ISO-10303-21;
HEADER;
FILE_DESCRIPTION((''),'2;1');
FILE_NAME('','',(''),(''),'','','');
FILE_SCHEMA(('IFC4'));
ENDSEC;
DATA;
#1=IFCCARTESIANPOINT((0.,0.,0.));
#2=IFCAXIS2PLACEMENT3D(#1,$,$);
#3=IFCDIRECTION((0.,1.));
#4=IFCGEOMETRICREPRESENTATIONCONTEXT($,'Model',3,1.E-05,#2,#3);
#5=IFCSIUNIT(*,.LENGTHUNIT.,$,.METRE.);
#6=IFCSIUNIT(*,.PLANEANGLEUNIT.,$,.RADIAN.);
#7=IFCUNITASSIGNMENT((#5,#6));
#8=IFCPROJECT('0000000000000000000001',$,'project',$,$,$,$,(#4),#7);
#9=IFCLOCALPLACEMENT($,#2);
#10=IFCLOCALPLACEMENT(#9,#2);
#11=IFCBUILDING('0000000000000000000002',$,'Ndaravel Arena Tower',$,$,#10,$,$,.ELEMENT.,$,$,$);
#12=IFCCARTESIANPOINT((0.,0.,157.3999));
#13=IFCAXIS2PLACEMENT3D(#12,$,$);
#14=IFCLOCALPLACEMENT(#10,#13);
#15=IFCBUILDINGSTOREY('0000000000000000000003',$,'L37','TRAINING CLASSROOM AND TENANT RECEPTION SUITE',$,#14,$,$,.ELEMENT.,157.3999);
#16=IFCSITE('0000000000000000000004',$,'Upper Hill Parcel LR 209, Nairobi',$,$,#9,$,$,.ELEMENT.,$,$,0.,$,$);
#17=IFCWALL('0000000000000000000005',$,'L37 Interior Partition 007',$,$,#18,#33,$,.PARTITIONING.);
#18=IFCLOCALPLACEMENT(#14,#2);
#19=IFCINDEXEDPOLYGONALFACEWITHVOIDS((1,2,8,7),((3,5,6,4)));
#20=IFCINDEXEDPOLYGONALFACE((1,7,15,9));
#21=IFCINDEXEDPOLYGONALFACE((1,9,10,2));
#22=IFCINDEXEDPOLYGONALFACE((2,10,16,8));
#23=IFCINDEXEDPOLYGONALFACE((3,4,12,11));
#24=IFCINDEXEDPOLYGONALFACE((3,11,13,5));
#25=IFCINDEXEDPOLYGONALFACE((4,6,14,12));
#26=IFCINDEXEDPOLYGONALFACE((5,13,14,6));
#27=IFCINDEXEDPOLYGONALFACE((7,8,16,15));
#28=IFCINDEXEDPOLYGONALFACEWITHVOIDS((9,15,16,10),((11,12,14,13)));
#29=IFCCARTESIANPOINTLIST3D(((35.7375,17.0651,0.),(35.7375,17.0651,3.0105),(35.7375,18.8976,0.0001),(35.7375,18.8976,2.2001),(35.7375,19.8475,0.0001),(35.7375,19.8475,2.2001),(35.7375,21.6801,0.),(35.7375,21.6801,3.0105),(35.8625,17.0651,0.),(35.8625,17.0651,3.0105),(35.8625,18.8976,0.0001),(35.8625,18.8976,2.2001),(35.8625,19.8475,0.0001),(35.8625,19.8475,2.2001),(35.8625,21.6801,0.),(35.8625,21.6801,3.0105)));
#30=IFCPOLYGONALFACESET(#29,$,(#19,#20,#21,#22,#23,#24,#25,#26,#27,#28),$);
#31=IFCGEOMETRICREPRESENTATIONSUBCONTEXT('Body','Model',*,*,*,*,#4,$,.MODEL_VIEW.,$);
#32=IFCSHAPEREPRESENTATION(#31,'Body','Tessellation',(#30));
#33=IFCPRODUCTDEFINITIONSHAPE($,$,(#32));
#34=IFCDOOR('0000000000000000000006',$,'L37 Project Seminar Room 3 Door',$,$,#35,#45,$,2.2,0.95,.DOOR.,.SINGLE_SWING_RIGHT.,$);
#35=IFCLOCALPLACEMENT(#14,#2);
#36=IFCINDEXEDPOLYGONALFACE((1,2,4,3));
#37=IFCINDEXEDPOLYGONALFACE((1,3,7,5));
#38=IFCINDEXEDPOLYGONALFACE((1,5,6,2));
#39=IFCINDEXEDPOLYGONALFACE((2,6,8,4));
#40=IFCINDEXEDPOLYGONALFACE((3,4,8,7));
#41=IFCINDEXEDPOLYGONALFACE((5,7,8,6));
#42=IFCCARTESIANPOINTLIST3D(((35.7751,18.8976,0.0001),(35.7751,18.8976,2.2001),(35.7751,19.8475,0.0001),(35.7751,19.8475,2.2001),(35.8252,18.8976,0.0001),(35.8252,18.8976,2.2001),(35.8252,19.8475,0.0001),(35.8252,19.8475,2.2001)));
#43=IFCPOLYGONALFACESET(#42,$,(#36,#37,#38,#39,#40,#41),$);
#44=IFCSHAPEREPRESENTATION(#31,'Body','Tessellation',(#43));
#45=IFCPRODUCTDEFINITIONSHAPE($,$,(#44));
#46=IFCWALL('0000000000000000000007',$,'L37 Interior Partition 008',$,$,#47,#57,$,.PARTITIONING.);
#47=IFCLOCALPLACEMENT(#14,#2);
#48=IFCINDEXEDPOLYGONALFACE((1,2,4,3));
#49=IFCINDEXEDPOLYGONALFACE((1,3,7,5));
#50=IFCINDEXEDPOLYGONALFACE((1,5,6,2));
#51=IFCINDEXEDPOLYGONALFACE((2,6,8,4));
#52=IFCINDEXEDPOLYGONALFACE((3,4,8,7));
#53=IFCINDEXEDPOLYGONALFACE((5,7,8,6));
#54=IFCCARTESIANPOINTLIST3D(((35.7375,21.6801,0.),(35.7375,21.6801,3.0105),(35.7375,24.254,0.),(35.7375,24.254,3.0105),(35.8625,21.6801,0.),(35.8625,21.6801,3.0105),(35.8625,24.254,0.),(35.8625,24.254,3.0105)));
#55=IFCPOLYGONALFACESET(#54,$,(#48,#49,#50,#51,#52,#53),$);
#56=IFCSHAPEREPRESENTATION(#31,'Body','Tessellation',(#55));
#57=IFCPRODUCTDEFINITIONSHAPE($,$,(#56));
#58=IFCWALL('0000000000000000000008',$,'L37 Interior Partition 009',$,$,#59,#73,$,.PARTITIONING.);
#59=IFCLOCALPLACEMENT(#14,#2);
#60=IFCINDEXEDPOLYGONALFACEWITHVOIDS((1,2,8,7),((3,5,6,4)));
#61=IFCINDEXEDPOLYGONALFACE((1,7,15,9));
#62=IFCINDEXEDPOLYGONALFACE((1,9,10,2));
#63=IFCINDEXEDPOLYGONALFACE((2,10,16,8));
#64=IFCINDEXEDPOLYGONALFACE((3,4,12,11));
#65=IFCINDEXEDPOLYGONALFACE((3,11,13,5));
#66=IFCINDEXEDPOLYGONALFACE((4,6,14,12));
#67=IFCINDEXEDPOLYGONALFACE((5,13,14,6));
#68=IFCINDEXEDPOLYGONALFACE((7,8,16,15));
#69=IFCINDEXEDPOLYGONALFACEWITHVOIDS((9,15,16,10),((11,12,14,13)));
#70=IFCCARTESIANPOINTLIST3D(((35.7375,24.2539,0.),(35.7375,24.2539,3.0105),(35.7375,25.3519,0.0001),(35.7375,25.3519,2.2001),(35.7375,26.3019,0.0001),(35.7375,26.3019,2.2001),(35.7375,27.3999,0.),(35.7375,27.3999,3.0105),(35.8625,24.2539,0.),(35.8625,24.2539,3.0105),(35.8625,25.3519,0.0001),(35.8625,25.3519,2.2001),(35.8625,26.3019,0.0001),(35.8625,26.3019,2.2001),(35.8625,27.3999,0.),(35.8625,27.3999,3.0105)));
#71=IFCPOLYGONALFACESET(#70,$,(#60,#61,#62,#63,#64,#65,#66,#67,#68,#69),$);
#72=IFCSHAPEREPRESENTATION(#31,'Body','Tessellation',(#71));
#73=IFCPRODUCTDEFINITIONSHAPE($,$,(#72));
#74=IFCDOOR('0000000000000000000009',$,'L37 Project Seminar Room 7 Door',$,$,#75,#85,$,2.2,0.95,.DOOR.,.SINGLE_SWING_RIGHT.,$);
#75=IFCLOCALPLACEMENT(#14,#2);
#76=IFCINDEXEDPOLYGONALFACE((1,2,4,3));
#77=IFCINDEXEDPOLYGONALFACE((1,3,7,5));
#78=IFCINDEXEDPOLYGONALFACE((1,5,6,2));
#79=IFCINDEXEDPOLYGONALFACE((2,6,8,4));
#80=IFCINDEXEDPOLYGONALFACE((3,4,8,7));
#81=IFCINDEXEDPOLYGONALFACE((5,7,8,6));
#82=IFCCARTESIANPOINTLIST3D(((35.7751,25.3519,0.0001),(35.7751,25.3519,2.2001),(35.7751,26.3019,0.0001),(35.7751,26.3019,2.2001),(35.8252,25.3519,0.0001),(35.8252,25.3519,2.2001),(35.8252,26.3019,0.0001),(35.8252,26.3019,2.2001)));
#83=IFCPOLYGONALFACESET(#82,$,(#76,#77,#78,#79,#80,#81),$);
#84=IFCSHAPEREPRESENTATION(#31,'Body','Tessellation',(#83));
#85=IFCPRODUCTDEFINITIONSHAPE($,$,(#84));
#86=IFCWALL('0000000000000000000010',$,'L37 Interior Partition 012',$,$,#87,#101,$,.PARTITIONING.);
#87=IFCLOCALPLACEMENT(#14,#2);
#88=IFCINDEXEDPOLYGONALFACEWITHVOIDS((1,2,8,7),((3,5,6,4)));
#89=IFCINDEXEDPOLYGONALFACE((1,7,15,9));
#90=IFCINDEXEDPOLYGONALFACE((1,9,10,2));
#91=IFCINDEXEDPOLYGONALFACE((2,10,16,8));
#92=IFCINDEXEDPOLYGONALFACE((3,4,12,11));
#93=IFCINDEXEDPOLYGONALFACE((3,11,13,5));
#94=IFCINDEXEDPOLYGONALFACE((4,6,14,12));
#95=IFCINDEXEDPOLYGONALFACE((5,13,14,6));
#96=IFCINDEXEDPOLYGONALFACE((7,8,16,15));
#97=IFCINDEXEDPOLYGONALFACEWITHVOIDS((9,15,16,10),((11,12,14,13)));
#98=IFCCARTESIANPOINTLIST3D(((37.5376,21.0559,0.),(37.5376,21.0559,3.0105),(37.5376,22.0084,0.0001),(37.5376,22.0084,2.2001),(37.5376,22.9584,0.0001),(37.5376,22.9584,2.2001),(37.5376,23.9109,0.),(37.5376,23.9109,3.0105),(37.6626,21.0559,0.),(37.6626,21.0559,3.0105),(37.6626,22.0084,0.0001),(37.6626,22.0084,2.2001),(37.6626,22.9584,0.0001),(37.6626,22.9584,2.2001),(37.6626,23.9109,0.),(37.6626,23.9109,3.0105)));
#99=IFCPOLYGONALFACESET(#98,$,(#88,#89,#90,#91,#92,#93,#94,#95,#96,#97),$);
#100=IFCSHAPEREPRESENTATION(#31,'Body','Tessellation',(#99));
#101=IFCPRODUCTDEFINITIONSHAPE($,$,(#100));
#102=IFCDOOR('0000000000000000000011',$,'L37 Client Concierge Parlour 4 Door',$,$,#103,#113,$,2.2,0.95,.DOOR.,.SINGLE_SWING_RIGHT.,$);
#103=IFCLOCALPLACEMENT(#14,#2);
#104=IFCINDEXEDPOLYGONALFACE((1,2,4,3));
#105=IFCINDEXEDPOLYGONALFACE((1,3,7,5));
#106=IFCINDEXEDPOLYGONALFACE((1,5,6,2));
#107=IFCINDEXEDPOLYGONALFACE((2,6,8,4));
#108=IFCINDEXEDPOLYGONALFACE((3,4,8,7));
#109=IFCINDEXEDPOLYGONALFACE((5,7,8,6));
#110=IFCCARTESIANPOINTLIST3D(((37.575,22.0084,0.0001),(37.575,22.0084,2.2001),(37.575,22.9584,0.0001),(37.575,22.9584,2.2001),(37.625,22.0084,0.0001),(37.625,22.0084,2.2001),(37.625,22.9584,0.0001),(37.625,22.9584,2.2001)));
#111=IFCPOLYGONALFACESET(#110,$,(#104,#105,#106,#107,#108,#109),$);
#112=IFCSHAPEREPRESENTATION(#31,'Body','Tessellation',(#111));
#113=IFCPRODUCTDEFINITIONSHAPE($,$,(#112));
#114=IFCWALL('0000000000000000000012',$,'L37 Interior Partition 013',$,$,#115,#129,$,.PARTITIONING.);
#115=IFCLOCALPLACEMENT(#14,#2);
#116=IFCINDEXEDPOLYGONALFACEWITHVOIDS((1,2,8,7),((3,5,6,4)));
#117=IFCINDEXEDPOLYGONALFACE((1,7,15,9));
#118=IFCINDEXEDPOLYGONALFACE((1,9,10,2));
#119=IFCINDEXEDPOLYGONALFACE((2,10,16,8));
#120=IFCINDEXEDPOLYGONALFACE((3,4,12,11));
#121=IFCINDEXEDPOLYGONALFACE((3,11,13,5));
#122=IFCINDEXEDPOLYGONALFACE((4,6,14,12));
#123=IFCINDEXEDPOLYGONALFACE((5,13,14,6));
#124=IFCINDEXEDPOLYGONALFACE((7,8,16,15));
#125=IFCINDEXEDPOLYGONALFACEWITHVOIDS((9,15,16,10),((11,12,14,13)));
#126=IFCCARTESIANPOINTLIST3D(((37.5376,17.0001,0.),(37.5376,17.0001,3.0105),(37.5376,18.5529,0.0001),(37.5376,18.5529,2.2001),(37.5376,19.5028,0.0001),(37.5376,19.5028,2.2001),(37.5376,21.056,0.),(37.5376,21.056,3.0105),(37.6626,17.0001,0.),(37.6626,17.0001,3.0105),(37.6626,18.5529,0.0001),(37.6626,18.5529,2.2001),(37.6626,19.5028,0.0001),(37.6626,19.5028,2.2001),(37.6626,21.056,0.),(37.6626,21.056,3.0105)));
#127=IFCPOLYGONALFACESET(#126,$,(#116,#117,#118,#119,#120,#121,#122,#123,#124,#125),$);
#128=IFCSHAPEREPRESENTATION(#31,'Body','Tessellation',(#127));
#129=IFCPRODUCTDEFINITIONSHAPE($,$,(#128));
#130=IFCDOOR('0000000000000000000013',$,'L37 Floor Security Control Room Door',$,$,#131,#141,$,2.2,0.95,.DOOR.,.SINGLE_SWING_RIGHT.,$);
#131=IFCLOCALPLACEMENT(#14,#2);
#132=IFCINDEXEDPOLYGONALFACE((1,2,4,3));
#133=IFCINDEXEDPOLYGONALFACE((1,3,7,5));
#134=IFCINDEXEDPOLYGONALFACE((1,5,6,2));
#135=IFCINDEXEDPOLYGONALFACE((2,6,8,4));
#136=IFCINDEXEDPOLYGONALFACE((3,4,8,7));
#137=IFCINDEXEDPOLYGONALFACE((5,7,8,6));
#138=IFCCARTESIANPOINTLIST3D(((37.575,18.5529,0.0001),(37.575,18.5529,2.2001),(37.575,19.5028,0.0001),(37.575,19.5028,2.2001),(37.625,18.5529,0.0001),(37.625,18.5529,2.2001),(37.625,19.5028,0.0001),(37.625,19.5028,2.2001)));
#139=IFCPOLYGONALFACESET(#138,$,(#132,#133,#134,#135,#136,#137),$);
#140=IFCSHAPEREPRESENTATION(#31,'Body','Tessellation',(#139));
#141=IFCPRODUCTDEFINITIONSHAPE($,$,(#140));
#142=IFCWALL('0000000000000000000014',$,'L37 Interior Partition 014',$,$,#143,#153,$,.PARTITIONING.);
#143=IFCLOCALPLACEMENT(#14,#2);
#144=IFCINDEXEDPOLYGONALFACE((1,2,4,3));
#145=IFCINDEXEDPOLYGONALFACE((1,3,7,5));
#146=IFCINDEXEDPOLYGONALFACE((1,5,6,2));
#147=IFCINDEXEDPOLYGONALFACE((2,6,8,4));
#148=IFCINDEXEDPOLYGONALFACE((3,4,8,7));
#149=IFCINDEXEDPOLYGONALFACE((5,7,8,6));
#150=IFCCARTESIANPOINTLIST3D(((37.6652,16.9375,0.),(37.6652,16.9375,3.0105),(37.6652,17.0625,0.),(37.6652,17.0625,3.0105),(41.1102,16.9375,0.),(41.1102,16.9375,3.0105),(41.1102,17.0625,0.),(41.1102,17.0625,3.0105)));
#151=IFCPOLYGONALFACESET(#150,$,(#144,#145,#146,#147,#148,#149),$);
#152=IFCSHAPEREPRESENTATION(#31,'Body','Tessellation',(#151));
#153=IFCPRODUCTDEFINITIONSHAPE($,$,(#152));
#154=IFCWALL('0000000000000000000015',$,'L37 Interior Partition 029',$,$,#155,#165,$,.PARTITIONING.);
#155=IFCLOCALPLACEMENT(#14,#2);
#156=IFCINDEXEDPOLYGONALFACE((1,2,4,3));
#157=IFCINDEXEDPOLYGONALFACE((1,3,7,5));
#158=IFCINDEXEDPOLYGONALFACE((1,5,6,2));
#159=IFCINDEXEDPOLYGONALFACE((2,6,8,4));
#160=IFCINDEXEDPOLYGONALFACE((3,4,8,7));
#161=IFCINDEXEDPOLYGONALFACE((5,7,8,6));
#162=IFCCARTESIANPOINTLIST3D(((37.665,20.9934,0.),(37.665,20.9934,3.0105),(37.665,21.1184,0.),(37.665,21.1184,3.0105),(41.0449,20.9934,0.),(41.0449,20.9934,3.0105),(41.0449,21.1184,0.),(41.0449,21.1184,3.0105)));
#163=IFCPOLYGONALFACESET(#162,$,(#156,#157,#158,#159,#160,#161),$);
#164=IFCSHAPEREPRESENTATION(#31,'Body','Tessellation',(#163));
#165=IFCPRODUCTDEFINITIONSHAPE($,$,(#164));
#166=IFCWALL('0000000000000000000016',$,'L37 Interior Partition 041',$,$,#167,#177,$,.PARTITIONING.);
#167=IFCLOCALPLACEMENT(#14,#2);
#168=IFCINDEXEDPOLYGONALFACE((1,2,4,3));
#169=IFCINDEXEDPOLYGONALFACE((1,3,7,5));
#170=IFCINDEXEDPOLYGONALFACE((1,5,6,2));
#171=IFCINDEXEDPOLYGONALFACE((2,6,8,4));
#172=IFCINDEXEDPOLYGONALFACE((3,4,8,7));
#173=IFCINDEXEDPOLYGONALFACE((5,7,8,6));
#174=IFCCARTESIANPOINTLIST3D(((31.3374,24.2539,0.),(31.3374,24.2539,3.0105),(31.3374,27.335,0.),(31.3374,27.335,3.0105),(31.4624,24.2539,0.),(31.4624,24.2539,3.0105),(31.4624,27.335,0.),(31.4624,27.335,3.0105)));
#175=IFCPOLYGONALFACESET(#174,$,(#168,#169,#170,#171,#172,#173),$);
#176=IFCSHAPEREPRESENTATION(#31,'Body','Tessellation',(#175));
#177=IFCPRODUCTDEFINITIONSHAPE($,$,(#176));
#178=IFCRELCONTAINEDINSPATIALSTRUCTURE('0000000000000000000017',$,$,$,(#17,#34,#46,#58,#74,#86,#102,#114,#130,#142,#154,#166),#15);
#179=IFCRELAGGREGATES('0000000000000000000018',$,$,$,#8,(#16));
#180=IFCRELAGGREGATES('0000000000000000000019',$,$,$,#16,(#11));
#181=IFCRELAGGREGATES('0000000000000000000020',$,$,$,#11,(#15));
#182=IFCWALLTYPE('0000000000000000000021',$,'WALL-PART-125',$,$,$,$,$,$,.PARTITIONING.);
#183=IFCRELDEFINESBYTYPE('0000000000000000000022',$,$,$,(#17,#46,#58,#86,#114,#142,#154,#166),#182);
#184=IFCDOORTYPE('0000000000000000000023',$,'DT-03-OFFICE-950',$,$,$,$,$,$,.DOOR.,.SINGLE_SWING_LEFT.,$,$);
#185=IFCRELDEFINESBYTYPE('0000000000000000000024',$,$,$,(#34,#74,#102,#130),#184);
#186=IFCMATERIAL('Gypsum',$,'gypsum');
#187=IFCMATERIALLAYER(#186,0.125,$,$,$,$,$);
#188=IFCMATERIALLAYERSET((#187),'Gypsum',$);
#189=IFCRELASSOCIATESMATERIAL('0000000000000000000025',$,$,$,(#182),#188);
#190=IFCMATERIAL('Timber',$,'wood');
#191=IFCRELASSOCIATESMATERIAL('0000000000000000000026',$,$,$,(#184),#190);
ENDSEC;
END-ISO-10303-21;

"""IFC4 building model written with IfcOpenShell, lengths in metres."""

from ifc_helpers import new_model, si_unit, direction, frame, frame_2d, origin, place, context, subcontext, project, spatial, rectangle, extrude, material, layer, layer_set, type_object, element, fill, save


model = new_model("IFC4")

# Units and contexts
model_context = context("Model", 3, precision=1e-05, world=origin(), true_north=direction((0.0, 1.0)))
body_context = subcontext(model_context, "Body", "Model", "MODEL_VIEW")
ifc_project = project(units=[si_unit("LENGTHUNIT", "METRE"), si_unit("PLANEANGLEUNIT", "RADIAN")], contexts=[model_context])

# Site, building, storey
site_placement = place(None, origin())
site = spatial("IfcSite", under=ifc_project, at=site_placement, Name="Upper Hill Parcel LR 209, Nairobi", CompositionType="ELEMENT", RefElevation=0.0)
building_placement = place(site_placement, origin())
building = spatial("IfcBuilding", under=site, at=building_placement, Name="Ndaravel Arena Tower", CompositionType="ELEMENT")
storey_placement = place(building_placement, frame((0.0, 0.0, 157.3999)))
storey = spatial("IfcBuildingStorey", under=building, at=storey_placement, Name="L37", Description="TRAINING CLASSROOM AND TENANT RECEPTION SUITE", CompositionType="ELEMENT", Elevation=157.3999)

# Wall, opening, door
ifc_material_1 = material(Name="Gypsum", Category="gypsum")
ifc_layer_1 = layer(ifc_material_1, 0.125)
ifc_layer_set_1 = layer_set([ifc_layer_1], Name="Gypsum")
wall_type_1 = type_object("IfcWallType", Name="WALL-PART-125", PredefinedType="PARTITIONING", material=ifc_layer_set_1)
wall_1_placement = place(storey_placement, frame((35.8, 17.0649, 0.0), z_axis=(0.0, 0.0, 1.0), x_axis=(0.0, 1.0, 0.0)))
wall_1 = element("IfcWall", 1, at=wall_1_placement, inside=storey, type_object=wall_type_1, Name="L37 Interior Partition 007", PredefinedType="PARTITIONING", context=body_context, shape_type="SweptSolid", body=[
    extrude(rectangle(XDim=4.615, YDim=0.125, at=frame_2d((2.3076, 0.0))), origin(), (0.0, 0.0, 1.0), 3.0105),
])
opening_1_placement = place(wall_1_placement, frame((1.8325, 0.0, 0.0)))
opening_1 = element("IfcOpeningElement", 2, at=opening_1_placement, cuts=wall_1, PredefinedType="OPENING", context=body_context, shape_type="SweptSolid", body=[
    extrude(rectangle(XDim=0.95, YDim=2.2, at=frame_2d((0.4751, 1.1001))), frame((0.0, 0.0625, 0.0), z_axis=(0.0, -1.0, 0.0), x_axis=(1.0, 0.0, 0.0)), (0.0, 0.0, 1.0), 0.125),
])
ifc_material_2 = material(Name="Timber", Category="wood")
door_type_1 = type_object("IfcDoorType", Name="DT-03-OFFICE-950", OperationType="SINGLE_SWING_LEFT", PredefinedType="DOOR", material=ifc_material_2)
door_1_placement = place(opening_1_placement, origin())
door_1 = element("IfcDoor", 3, at=door_1_placement, inside=storey, type_object=door_type_1, Name="L37 Project Seminar Room 3 Door", OperationType="SINGLE_SWING_RIGHT", OverallHeight=2.2, OverallWidth=0.95, PredefinedType="DOOR", context=body_context, shape_type="SweptSolid", body=[
    extrude(rectangle(XDim=0.95, YDim=2.2, at=frame_2d((0.4751, 1.1001))), frame((0.0, 0.0249, 0.0), z_axis=(0.0, -1.0, 0.0), x_axis=(1.0, 0.0, 0.0)), (0.0, 0.0, 1.0), 0.05),
])
fill(opening_1, door_1)

# Wall
wall_2_placement = place(storey_placement, frame((35.8, 21.6799, 0.0), z_axis=(0.0, 0.0, 1.0), x_axis=(0.0, 1.0, 0.0)))
element("IfcWall", 4, at=wall_2_placement, inside=storey, type_object=wall_type_1, Name="L37 Interior Partition 008", PredefinedType="PARTITIONING", context=body_context, shape_type="SweptSolid", body=[
    extrude(rectangle(XDim=2.574, YDim=0.125, at=frame_2d((1.2871, 0.0))), origin(), (0.0, 0.0, 1.0), 3.0105),
])

# Walls, openings, doors
wall_3_placement = place(storey_placement, frame((35.8, 24.2539, 0.0), z_axis=(0.0, 0.0, 1.0), x_axis=(0.0, 1.0, 0.0)))
wall_3 = element("IfcWall", 5, at=wall_3_placement, inside=storey, type_object=wall_type_1, Name="L37 Interior Partition 009", PredefinedType="PARTITIONING", context=body_context, shape_type="SweptSolid", body=[
    extrude(rectangle(XDim=3.146, YDim=0.125, at=frame_2d((1.573, 0.0))), origin(), (0.0, 0.0, 1.0), 3.0105),
])
opening_2_placement = place(wall_3_placement, frame((1.0979, 0.0, 0.0)))
opening_2 = element("IfcOpeningElement", 6, at=opening_2_placement, cuts=wall_3, PredefinedType="OPENING", context=body_context, shape_type="SweptSolid", body=[
    extrude(rectangle(XDim=0.95, YDim=2.2, at=frame_2d((0.4751, 1.1001))), frame((0.0, 0.0625, 0.0), z_axis=(0.0, -1.0, 0.0), x_axis=(1.0, 0.0, 0.0)), (0.0, 0.0, 1.0), 0.125),
])
door_2_placement = place(opening_2_placement, origin())
door_2 = element("IfcDoor", 7, at=door_2_placement, inside=storey, type_object=door_type_1, Name="L37 Project Seminar Room 7 Door", OperationType="SINGLE_SWING_RIGHT", OverallHeight=2.2, OverallWidth=0.95, PredefinedType="DOOR", context=body_context, shape_type="SweptSolid", body=[
    extrude(rectangle(XDim=0.95, YDim=2.2, at=frame_2d((0.4751, 1.1001))), frame((0.0, 0.0249, 0.0), z_axis=(0.0, -1.0, 0.0), x_axis=(1.0, 0.0, 0.0)), (0.0, 0.0, 1.0), 0.05),
])
fill(opening_2, door_2)
wall_4_placement = place(storey_placement, frame((37.6001, 23.9109, 0.0), z_axis=(0.0, 0.0, 1.0), x_axis=(0.0, -1.0, 0.0)))
wall_4 = element("IfcWall", 8, at=wall_4_placement, inside=storey, type_object=wall_type_1, Name="L37 Interior Partition 012", PredefinedType="PARTITIONING", context=body_context, shape_type="SweptSolid", body=[
    extrude(rectangle(XDim=2.855, YDim=0.125, at=frame_2d((1.4275, 0.0))), origin(), (0.0, 0.0, 1.0), 3.0105),
])
opening_3_placement = place(wall_4_placement, frame((0.9524, 0.0, 0.0)))
opening_3 = element("IfcOpeningElement", 9, at=opening_3_placement, cuts=wall_4, PredefinedType="OPENING", context=body_context, shape_type="SweptSolid", body=[
    extrude(rectangle(XDim=0.95, YDim=2.2, at=frame_2d((0.4751, 1.1001))), frame((0.0, 0.0625, 0.0), z_axis=(0.0, -1.0, 0.0), x_axis=(1.0, 0.0, 0.0)), (0.0, 0.0, 1.0), 0.125),
])
door_3_placement = place(opening_3_placement, origin())
door_3 = element("IfcDoor", 10, at=door_3_placement, inside=storey, type_object=door_type_1, Name="L37 Client Concierge Parlour 4 Door", OperationType="SINGLE_SWING_RIGHT", OverallHeight=2.2, OverallWidth=0.95, PredefinedType="DOOR", context=body_context, shape_type="SweptSolid", body=[
    extrude(rectangle(XDim=0.95, YDim=2.2, at=frame_2d((0.4751, 1.1001))), frame((0.0, 0.0249, 0.0), z_axis=(0.0, -1.0, 0.0), x_axis=(1.0, 0.0, 0.0)), (0.0, 0.0, 1.0), 0.05),
])
fill(opening_3, door_3)
wall_5_placement = place(storey_placement, frame((37.6001, 21.0559, 0.0), z_axis=(0.0, 0.0, 1.0), x_axis=(0.0, -1.0, 0.0)))
wall_5 = element("IfcWall", 11, at=wall_5_placement, inside=storey, type_object=wall_type_1, Name="L37 Interior Partition 013", PredefinedType="PARTITIONING", context=body_context, shape_type="SweptSolid", body=[
    extrude(rectangle(XDim=4.0559, YDim=0.125, at=frame_2d((2.0278, 0.0))), origin(), (0.0, 0.0, 1.0), 3.0105),
])
opening_4_placement = place(wall_5_placement, frame((1.553, 0.0, 0.0)))
opening_4 = element("IfcOpeningElement", 12, at=opening_4_placement, cuts=wall_5, PredefinedType="OPENING", context=body_context, shape_type="SweptSolid", body=[
    extrude(rectangle(XDim=0.95, YDim=2.2, at=frame_2d((0.4751, 1.1001))), frame((0.0, 0.0625, 0.0), z_axis=(0.0, -1.0, 0.0), x_axis=(1.0, 0.0, 0.0)), (0.0, 0.0, 1.0), 0.125),
])
door_4_placement = place(opening_4_placement, origin())
door_4 = element("IfcDoor", 13, at=door_4_placement, inside=storey, type_object=door_type_1, Name="L37 Floor Security Control Room Door", OperationType="SINGLE_SWING_RIGHT", OverallHeight=2.2, OverallWidth=0.95, PredefinedType="DOOR", context=body_context, shape_type="SweptSolid", body=[
    extrude(rectangle(XDim=0.95, YDim=2.2, at=frame_2d((0.4751, 1.1001))), frame((0.0, 0.0249, 0.0), z_axis=(0.0, -1.0, 0.0), x_axis=(1.0, 0.0, 0.0)), (0.0, 0.0, 1.0), 0.05),
])
fill(opening_4, door_4)

# Walls
wall_6_placement = place(storey_placement, frame((37.665, 17.0, 0.0), z_axis=(0.0, 0.0, 1.0), x_axis=(1.0, 0.0, 0.0)))
element("IfcWall", 14, at=wall_6_placement, inside=storey, type_object=wall_type_1, Name="L37 Interior Partition 014", PredefinedType="PARTITIONING", context=body_context, shape_type="SweptSolid", body=[
    extrude(rectangle(XDim=3.4451, YDim=0.125, at=frame_2d((1.7227, 0.0))), origin(), (0.0, 0.0, 1.0), 3.0105),
])
wall_7_placement = place(storey_placement, frame((37.665, 21.0559, 0.0), z_axis=(0.0, 0.0, 1.0), x_axis=(1.0, 0.0, 0.0)))
element("IfcWall", 15, at=wall_7_placement, inside=storey, type_object=wall_type_1, Name="L37 Interior Partition 029", PredefinedType="PARTITIONING", context=body_context, shape_type="SweptSolid", body=[
    extrude(rectangle(XDim=3.3799, YDim=0.125, at=frame_2d((1.6899, 0.0))), origin(), (0.0, 0.0, 1.0), 3.0105),
])
wall_8_placement = place(storey_placement, frame((31.3999, 27.335, 0.0), z_axis=(0.0, 0.0, 1.0), x_axis=(0.0, -1.0, 0.0)))
element("IfcWall", 16, at=wall_8_placement, inside=storey, type_object=wall_type_1, Name="L37 Interior Partition 041", PredefinedType="PARTITIONING", context=body_context, shape_type="SweptSolid", body=[
    extrude(rectangle(XDim=3.0811, YDim=0.125, at=frame_2d((1.5405, 0.0))), origin(), (0.0, 0.0, 1.0), 3.0105),
])

save(model, "model.ifc")
